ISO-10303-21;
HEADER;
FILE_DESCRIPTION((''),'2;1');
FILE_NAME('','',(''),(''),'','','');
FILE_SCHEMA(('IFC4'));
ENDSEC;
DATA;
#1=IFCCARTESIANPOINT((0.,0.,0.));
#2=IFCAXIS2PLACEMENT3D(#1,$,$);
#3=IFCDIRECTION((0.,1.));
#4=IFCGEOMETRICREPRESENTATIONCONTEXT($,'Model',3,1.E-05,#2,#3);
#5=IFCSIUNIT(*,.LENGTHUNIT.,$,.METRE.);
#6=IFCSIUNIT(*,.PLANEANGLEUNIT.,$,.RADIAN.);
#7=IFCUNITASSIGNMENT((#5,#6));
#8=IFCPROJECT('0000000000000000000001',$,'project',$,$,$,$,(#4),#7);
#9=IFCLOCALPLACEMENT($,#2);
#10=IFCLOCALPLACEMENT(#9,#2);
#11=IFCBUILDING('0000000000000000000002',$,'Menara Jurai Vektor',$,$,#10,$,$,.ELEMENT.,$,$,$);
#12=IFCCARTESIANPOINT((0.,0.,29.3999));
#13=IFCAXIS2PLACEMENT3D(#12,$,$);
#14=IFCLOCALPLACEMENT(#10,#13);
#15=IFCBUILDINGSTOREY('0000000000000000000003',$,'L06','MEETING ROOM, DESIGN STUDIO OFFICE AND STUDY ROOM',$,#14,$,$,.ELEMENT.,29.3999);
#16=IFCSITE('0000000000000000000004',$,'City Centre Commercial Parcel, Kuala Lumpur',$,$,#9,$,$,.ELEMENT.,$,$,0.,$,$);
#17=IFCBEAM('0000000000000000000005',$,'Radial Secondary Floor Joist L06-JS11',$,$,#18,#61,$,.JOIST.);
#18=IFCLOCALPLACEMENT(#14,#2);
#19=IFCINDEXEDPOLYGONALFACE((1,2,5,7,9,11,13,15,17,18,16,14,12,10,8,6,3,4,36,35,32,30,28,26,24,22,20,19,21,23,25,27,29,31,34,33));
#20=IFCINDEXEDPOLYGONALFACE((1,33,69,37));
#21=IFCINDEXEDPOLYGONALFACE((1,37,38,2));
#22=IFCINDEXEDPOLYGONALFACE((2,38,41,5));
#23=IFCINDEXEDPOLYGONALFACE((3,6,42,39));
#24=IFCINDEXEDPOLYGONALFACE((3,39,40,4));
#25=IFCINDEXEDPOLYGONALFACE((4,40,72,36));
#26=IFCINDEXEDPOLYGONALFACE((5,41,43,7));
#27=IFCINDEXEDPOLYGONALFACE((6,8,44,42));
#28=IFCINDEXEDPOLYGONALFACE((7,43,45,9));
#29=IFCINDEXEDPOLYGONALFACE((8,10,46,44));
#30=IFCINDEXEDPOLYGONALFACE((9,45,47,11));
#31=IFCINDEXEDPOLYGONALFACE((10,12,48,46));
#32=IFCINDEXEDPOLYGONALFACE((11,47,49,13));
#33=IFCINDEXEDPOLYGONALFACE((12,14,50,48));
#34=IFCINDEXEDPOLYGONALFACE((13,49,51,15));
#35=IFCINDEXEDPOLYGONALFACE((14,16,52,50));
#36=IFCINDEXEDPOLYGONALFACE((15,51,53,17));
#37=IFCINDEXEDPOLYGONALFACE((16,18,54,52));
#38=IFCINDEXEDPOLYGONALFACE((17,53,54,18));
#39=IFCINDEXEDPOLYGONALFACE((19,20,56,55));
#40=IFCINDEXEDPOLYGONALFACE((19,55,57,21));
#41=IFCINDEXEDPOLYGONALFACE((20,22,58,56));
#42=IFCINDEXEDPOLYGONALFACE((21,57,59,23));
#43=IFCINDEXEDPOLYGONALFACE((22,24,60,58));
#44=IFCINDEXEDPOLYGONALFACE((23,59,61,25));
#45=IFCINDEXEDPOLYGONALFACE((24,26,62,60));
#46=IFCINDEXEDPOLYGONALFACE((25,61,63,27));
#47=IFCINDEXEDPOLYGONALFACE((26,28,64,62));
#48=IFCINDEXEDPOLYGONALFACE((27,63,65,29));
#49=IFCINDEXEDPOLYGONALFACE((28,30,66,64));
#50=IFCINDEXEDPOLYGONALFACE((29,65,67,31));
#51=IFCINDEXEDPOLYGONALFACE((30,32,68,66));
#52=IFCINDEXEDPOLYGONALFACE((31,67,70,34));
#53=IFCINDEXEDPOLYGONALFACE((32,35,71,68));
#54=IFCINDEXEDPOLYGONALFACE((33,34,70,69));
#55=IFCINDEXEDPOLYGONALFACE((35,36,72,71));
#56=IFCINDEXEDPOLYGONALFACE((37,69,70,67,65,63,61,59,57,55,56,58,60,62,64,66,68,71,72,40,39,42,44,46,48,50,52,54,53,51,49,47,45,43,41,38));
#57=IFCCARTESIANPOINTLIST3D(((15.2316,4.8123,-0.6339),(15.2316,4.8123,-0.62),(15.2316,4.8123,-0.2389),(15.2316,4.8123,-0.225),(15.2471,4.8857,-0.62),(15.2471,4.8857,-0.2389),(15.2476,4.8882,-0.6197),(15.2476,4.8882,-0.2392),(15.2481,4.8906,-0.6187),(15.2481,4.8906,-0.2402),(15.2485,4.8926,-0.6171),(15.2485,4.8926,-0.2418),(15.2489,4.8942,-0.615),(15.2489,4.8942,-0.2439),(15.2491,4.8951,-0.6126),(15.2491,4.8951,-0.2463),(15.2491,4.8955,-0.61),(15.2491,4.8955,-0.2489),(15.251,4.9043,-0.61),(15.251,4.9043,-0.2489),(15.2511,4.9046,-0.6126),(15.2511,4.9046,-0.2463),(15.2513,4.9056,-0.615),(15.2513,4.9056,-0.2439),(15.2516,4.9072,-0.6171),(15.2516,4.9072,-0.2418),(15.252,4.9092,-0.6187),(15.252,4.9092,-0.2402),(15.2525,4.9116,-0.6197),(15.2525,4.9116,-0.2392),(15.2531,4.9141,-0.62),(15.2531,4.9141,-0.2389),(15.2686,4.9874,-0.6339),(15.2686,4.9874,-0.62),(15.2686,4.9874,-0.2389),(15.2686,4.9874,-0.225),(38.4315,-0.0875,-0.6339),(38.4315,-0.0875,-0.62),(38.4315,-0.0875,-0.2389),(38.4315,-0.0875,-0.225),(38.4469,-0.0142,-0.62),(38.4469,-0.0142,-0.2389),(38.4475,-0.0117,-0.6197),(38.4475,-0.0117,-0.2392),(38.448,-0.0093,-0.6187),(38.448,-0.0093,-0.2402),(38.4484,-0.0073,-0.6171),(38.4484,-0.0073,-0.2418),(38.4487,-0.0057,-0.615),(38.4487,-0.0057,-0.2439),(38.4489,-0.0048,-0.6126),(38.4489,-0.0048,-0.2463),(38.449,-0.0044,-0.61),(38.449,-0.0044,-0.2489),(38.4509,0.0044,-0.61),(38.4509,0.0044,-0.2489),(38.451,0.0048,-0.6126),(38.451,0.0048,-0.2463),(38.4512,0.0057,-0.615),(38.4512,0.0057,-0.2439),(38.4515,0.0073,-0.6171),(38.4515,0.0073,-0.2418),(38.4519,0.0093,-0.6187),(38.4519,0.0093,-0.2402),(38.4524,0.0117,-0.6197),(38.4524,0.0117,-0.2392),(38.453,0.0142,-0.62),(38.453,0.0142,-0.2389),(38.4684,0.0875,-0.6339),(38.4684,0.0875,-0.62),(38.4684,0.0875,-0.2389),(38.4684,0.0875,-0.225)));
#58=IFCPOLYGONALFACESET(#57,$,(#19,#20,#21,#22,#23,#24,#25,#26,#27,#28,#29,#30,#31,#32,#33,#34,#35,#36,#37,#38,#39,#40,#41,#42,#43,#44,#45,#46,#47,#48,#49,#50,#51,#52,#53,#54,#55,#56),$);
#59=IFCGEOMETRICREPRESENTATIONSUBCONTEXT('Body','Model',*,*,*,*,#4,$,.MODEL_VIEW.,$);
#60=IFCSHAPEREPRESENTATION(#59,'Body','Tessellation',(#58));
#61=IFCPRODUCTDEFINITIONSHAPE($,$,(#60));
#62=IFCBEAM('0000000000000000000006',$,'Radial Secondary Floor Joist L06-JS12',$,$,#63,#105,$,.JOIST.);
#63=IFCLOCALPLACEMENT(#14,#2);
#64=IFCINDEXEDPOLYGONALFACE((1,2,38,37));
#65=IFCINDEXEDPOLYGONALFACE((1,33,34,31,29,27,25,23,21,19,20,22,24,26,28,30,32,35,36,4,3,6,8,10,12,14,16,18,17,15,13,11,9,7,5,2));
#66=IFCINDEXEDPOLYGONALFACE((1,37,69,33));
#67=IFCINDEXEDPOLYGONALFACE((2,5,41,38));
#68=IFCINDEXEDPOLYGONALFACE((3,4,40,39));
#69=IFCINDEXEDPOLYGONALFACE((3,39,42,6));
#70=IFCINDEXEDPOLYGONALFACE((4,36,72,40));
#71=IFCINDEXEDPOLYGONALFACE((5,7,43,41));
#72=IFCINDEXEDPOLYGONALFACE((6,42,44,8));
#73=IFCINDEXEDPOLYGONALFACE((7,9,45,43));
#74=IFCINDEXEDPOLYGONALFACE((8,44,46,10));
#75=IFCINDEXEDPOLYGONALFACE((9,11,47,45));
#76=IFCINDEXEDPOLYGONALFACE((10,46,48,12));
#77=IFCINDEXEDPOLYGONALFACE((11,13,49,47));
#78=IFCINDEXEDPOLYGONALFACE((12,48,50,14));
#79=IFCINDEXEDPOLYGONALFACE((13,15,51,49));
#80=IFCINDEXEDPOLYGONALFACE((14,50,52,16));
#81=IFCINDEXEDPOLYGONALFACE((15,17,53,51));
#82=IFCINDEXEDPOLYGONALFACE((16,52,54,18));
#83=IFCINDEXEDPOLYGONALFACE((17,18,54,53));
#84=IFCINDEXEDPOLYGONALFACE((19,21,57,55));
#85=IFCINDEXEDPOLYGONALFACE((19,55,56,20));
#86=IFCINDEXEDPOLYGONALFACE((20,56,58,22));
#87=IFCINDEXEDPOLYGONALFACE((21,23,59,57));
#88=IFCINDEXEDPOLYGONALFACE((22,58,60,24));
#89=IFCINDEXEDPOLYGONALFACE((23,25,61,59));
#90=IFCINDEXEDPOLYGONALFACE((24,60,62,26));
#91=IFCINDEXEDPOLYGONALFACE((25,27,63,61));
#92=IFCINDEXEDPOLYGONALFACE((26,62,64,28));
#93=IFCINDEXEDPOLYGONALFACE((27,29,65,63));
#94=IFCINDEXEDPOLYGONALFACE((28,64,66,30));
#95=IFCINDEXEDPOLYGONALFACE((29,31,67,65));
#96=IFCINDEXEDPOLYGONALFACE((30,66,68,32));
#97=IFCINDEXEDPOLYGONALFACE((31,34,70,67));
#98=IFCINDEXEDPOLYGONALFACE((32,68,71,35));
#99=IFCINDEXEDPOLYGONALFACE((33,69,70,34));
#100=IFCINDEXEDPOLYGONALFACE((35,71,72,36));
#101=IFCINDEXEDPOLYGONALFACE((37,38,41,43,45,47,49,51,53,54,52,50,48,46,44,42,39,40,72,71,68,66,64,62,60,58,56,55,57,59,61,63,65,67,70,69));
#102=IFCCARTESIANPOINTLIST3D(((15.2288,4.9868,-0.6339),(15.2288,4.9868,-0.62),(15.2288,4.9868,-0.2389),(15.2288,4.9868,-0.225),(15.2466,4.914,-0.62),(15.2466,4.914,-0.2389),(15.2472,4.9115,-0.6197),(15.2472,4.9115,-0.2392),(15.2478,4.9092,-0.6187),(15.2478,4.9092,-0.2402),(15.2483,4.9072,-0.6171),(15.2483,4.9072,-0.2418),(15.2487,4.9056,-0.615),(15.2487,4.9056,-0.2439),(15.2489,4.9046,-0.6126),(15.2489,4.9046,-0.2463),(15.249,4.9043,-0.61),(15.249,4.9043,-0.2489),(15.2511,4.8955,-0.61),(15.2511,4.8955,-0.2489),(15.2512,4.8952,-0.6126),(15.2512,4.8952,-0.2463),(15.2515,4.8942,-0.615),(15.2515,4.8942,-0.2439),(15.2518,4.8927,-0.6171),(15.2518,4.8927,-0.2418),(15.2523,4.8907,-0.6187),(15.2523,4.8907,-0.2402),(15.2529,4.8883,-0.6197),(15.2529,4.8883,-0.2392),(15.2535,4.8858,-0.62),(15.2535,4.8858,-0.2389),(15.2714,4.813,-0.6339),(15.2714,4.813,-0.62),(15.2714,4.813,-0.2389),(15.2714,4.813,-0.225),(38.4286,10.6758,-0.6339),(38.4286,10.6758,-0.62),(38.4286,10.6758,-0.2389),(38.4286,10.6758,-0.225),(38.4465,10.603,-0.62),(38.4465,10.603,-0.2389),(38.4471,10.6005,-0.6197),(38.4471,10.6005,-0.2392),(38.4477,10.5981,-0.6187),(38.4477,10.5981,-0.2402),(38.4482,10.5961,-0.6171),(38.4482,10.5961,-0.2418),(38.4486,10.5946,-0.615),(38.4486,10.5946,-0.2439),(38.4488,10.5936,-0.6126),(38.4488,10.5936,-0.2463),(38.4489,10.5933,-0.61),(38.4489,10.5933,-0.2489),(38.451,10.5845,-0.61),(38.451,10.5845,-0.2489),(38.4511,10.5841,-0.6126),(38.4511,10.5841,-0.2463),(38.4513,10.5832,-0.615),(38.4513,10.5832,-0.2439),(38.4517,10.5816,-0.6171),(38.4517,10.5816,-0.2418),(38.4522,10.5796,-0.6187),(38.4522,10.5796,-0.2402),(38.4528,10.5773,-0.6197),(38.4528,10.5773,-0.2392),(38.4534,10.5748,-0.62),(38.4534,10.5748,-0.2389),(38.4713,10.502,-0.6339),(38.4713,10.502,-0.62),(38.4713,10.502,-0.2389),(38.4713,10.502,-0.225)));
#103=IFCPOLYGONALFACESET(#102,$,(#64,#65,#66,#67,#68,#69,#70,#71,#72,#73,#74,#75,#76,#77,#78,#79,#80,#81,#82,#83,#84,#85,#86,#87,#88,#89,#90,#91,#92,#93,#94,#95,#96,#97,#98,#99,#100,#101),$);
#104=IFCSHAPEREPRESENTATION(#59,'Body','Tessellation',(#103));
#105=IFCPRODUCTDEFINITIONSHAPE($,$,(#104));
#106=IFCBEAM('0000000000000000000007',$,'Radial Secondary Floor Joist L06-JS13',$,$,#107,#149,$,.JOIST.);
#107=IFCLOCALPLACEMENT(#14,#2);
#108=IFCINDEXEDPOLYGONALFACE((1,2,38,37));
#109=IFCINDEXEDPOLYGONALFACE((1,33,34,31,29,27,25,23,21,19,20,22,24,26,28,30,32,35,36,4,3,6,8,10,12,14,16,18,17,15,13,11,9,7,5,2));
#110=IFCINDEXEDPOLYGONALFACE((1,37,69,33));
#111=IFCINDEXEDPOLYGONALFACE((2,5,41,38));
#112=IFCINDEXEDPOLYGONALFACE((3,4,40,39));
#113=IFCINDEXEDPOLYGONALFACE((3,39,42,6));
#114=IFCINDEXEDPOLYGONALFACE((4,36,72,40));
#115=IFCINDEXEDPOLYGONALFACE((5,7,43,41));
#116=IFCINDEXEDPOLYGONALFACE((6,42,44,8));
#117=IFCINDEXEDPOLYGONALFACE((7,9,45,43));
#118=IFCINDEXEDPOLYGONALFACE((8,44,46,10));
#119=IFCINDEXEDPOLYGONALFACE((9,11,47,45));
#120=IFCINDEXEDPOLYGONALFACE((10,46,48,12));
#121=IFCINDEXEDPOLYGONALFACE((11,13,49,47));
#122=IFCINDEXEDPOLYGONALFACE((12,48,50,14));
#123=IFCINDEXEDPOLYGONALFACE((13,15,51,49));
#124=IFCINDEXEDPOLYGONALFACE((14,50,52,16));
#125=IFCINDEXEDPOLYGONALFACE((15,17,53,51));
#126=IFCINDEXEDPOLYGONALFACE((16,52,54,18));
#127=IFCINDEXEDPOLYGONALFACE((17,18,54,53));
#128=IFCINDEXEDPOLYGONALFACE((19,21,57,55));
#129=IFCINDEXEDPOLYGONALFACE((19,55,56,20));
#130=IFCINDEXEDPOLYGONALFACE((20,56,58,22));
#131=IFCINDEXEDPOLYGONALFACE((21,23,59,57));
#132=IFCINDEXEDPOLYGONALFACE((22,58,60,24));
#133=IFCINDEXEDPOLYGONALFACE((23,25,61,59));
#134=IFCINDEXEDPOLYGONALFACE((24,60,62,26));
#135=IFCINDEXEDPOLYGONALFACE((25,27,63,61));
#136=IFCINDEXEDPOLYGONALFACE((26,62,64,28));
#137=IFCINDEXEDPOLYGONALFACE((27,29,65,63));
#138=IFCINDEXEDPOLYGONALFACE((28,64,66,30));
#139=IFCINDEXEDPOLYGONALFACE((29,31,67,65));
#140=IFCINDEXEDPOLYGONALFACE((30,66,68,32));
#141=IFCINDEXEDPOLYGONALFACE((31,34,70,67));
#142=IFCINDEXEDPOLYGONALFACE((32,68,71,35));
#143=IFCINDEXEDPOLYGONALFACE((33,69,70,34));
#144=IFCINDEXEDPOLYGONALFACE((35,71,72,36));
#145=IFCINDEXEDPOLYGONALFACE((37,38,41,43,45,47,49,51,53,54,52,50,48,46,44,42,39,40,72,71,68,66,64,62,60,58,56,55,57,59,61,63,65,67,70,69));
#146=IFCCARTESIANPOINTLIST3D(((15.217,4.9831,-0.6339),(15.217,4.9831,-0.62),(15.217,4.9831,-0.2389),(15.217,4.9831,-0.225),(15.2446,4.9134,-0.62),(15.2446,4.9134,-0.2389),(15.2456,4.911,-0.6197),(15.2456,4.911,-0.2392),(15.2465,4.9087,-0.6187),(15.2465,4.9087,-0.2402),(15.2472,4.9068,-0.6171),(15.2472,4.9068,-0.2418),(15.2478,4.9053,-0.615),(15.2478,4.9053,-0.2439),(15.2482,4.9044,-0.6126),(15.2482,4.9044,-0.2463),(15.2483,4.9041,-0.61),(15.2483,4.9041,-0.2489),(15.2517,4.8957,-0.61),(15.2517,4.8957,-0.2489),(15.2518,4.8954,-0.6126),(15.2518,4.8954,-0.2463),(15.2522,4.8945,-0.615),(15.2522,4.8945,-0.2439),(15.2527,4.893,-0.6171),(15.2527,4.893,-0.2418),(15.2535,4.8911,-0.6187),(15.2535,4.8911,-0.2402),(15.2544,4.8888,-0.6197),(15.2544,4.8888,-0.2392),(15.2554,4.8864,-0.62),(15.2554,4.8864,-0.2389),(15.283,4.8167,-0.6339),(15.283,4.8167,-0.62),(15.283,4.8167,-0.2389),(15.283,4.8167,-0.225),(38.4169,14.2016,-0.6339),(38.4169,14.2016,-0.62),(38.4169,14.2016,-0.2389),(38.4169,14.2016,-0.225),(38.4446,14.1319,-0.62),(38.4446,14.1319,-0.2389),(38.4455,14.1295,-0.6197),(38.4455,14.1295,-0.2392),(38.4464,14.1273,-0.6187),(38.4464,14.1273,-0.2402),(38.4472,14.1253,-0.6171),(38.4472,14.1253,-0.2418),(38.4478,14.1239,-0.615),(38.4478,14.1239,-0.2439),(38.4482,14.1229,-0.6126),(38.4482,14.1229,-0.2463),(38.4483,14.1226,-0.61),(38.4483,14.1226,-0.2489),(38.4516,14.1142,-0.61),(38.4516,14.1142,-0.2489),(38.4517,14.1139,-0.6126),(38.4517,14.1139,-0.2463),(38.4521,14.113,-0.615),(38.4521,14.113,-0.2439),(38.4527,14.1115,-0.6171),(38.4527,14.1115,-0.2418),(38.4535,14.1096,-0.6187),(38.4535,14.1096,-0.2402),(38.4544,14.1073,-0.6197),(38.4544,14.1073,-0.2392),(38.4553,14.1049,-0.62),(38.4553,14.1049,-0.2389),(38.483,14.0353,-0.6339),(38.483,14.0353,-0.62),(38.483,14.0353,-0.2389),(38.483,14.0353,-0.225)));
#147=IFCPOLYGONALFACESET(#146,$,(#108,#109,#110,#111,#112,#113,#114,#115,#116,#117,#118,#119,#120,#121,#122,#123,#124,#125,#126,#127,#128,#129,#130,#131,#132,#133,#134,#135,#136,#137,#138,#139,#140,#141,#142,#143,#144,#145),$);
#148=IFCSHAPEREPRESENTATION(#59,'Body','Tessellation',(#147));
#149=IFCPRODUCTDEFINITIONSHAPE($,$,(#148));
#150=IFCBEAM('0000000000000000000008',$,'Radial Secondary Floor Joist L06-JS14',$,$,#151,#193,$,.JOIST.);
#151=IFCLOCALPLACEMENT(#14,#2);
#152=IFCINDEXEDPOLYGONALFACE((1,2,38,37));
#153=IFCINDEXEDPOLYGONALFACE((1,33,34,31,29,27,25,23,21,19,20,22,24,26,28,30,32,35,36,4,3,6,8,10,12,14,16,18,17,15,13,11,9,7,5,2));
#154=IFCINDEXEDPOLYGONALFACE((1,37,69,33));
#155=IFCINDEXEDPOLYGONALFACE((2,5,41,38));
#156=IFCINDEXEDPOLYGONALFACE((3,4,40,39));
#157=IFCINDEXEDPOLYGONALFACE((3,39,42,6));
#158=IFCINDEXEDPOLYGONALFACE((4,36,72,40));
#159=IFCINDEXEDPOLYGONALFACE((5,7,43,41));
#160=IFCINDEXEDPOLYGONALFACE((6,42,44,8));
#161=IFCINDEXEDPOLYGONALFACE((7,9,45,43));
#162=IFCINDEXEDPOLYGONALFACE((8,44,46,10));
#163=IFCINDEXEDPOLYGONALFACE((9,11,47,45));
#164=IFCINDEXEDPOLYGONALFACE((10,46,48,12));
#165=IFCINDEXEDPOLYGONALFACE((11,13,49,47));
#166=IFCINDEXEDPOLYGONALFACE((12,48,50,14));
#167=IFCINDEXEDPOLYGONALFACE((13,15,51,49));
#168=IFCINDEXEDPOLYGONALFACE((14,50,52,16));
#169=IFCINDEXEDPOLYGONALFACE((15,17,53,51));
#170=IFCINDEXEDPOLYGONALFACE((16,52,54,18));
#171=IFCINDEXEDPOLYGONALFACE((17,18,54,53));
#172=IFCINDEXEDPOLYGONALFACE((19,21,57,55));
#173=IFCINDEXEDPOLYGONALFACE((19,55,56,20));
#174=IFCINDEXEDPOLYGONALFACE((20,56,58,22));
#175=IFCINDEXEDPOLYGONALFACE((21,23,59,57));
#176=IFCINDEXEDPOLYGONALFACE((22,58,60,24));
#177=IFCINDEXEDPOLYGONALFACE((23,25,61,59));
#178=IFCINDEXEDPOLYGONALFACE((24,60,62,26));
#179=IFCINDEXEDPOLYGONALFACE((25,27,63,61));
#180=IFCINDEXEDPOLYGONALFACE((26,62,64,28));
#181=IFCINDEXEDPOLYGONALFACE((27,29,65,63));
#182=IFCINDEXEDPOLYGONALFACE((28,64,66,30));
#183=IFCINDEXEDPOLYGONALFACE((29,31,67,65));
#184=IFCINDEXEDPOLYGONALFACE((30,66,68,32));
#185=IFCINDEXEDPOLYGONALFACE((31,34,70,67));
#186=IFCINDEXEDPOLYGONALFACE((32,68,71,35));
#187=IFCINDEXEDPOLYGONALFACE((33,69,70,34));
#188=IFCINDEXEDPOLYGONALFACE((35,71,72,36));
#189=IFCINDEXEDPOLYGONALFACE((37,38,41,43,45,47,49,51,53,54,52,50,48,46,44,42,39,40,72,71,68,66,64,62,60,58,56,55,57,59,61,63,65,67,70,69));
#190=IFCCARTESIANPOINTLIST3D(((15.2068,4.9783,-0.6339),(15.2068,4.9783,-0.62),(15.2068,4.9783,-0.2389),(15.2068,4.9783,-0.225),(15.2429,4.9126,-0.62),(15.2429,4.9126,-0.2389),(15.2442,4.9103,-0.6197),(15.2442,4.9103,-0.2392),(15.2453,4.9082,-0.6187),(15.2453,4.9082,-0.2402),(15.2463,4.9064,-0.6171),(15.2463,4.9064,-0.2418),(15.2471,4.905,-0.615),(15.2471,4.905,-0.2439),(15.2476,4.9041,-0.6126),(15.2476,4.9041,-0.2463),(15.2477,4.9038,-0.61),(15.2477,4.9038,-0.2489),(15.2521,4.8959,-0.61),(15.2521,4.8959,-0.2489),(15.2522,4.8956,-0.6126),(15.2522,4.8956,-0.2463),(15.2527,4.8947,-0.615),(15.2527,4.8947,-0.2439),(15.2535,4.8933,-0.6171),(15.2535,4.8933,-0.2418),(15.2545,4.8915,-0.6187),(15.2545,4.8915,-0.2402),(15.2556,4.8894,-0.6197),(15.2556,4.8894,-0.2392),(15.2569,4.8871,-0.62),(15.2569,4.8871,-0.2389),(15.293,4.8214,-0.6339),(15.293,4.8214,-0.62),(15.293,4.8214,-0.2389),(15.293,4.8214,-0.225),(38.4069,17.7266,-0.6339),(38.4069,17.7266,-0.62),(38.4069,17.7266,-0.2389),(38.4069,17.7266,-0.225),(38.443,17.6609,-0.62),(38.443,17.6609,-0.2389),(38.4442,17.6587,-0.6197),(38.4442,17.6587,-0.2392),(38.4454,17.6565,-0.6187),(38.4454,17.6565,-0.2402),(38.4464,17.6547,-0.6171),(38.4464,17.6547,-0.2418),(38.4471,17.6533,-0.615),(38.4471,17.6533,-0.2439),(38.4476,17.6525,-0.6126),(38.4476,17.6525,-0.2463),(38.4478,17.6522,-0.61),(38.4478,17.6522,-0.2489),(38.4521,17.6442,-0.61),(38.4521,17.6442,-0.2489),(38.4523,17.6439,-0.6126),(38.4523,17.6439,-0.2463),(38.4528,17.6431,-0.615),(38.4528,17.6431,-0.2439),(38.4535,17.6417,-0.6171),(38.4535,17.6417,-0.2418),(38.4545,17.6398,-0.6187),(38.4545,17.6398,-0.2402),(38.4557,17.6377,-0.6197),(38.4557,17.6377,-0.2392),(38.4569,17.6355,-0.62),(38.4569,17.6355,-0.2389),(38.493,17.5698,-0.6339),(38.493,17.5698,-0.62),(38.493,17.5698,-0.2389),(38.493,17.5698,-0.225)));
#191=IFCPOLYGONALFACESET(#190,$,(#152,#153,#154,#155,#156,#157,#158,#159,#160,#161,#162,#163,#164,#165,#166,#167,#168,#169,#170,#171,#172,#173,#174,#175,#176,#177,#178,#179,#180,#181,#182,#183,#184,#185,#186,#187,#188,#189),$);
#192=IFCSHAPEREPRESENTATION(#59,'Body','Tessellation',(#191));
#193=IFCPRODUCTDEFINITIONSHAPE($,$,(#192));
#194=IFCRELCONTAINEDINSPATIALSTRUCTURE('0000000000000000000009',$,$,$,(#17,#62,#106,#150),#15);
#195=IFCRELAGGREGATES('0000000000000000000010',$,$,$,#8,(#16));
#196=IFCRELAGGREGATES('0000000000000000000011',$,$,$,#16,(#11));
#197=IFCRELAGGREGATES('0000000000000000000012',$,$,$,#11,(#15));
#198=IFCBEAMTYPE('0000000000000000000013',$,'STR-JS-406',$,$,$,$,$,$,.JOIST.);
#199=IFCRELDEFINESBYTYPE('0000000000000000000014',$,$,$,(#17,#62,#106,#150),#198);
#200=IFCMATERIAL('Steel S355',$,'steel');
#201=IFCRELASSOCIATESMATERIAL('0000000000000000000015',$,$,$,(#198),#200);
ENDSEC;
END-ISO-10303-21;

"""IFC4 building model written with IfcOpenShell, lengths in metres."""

from ifc_helpers import new_model, si_unit, direction, frame, origin, origin_2d, place, context, subcontext, project, spatial, i_section, extrude, material, material_profile, profile_set, type_object, element, save


model = new_model("IFC4")

# Units and contexts
model_context = context("Model", 3, precision=1e-05, world=origin(), true_north=direction((0.0, 1.0)))
body_context = subcontext(model_context, "Body", "Model", "MODEL_VIEW")
ifc_project = project(units=[si_unit("LENGTHUNIT", "METRE"), si_unit("PLANEANGLEUNIT", "RADIAN")], contexts=[model_context])

# Site, building, storey
site_placement = place(None, origin())
site = spatial("IfcSite", under=ifc_project, at=site_placement, Name="City Centre Commercial Parcel, Kuala Lumpur", CompositionType="ELEMENT", RefElevation=0.0)
building_placement = place(site_placement, origin())
building = spatial("IfcBuilding", under=site, at=building_placement, Name="Menara Jurai Vektor", CompositionType="ELEMENT")
storey_placement = place(building_placement, frame((0.0, 0.0, 29.3999)))
storey = spatial("IfcBuildingStorey", under=building, at=storey_placement, Name="L06", Description="MEETING ROOM, DESIGN STUDIO OFFICE AND STUDY ROOM", CompositionType="ELEMENT", Elevation=29.3999)

# Shared definitions
ifc_material_1 = material(Name="Steel S355", Category="steel")

# Beams
ifc_material_profile_1 = material_profile(ifc_material_1, i_section(OverallWidth=0.179, OverallDepth=0.4089, WebThickness=0.009, FlangeThickness=0.0139, FilletRadius=0.01, at=origin_2d()), Name="UKB 406x178x67")
ifc_profile_set_1 = profile_set([ifc_material_profile_1], Name="Steel S355")
beam_type_1 = type_object("IfcBeamType", Name="STR-JS-406", PredefinedType="JOIST", material=ifc_profile_set_1)
beam_1_placement = place(storey_placement, frame((38.45, 0.0, -0.4294), z_axis=(-0.978416, 0.206645, 0.0), x_axis=(-0.206645, -0.978416, 0.0)))
element("IfcBeam", 1, at=beam_1_placement, inside=storey, type_object=beam_type_1, Name="Radial Secondary Floor Joist L06-JS11", PredefinedType="JOIST", context=body_context, shape_type="SweptSolid", body=[
    extrude(i_section(OverallWidth=0.179, OverallDepth=0.4089, WebThickness=0.009, FlangeThickness=0.0139, FilletRadius=0.01, at=origin_2d()), origin(), (0.0, 0.0, 1.0), 23.7117),
])
beam_2_placement = place(storey_placement, frame((38.45, 10.5889, -0.4294), z_axis=(-0.971226, -0.238159, 0.0), x_axis=(0.238159, -0.971226, 0.0)))
element("IfcBeam", 2, at=beam_2_placement, inside=storey, type_object=beam_type_1, Name="Radial Secondary Floor Joist L06-JS12", PredefinedType="JOIST", context=body_context, shape_type="SweptSolid", body=[
    extrude(i_section(OverallWidth=0.179, OverallDepth=0.4089, WebThickness=0.009, FlangeThickness=0.0139, FilletRadius=0.01, at=origin_2d()), origin(), (0.0, 0.0, 1.0), 23.8872),
])
beam_3_placement = place(storey_placement, frame((38.45, 14.1184, -0.4294), z_axis=(-0.929323, -0.369267, 0.0), x_axis=(0.369267, -0.929323, 0.0)))
element("IfcBeam", 3, at=beam_3_placement, inside=storey, type_object=beam_type_1, Name="Radial Secondary Floor Joist L06-JS13", PredefinedType="JOIST", context=body_context, shape_type="SweptSolid", body=[
    extrude(i_section(OverallWidth=0.179, OverallDepth=0.4089, WebThickness=0.009, FlangeThickness=0.0139, FilletRadius=0.01, at=origin_2d()), origin(), (0.0, 0.0, 1.0), 24.9644),
])
beam_4_placement = place(storey_placement, frame((38.45, 17.6482, -0.4294), z_axis=(-0.876402, -0.48158, 0.0), x_axis=(0.48158, -0.876402, 0.0)))
element("IfcBeam", 4, at=beam_4_placement, inside=storey, type_object=beam_type_1, Name="Radial Secondary Floor Joist L06-JS14", PredefinedType="JOIST", context=body_context, shape_type="SweptSolid", body=[
    extrude(i_section(OverallWidth=0.179, OverallDepth=0.4089, WebThickness=0.009, FlangeThickness=0.0139, FilletRadius=0.01, at=origin_2d()), origin(), (0.0, 0.0, 1.0), 26.4719),
])

save(model, "model.ifc")
